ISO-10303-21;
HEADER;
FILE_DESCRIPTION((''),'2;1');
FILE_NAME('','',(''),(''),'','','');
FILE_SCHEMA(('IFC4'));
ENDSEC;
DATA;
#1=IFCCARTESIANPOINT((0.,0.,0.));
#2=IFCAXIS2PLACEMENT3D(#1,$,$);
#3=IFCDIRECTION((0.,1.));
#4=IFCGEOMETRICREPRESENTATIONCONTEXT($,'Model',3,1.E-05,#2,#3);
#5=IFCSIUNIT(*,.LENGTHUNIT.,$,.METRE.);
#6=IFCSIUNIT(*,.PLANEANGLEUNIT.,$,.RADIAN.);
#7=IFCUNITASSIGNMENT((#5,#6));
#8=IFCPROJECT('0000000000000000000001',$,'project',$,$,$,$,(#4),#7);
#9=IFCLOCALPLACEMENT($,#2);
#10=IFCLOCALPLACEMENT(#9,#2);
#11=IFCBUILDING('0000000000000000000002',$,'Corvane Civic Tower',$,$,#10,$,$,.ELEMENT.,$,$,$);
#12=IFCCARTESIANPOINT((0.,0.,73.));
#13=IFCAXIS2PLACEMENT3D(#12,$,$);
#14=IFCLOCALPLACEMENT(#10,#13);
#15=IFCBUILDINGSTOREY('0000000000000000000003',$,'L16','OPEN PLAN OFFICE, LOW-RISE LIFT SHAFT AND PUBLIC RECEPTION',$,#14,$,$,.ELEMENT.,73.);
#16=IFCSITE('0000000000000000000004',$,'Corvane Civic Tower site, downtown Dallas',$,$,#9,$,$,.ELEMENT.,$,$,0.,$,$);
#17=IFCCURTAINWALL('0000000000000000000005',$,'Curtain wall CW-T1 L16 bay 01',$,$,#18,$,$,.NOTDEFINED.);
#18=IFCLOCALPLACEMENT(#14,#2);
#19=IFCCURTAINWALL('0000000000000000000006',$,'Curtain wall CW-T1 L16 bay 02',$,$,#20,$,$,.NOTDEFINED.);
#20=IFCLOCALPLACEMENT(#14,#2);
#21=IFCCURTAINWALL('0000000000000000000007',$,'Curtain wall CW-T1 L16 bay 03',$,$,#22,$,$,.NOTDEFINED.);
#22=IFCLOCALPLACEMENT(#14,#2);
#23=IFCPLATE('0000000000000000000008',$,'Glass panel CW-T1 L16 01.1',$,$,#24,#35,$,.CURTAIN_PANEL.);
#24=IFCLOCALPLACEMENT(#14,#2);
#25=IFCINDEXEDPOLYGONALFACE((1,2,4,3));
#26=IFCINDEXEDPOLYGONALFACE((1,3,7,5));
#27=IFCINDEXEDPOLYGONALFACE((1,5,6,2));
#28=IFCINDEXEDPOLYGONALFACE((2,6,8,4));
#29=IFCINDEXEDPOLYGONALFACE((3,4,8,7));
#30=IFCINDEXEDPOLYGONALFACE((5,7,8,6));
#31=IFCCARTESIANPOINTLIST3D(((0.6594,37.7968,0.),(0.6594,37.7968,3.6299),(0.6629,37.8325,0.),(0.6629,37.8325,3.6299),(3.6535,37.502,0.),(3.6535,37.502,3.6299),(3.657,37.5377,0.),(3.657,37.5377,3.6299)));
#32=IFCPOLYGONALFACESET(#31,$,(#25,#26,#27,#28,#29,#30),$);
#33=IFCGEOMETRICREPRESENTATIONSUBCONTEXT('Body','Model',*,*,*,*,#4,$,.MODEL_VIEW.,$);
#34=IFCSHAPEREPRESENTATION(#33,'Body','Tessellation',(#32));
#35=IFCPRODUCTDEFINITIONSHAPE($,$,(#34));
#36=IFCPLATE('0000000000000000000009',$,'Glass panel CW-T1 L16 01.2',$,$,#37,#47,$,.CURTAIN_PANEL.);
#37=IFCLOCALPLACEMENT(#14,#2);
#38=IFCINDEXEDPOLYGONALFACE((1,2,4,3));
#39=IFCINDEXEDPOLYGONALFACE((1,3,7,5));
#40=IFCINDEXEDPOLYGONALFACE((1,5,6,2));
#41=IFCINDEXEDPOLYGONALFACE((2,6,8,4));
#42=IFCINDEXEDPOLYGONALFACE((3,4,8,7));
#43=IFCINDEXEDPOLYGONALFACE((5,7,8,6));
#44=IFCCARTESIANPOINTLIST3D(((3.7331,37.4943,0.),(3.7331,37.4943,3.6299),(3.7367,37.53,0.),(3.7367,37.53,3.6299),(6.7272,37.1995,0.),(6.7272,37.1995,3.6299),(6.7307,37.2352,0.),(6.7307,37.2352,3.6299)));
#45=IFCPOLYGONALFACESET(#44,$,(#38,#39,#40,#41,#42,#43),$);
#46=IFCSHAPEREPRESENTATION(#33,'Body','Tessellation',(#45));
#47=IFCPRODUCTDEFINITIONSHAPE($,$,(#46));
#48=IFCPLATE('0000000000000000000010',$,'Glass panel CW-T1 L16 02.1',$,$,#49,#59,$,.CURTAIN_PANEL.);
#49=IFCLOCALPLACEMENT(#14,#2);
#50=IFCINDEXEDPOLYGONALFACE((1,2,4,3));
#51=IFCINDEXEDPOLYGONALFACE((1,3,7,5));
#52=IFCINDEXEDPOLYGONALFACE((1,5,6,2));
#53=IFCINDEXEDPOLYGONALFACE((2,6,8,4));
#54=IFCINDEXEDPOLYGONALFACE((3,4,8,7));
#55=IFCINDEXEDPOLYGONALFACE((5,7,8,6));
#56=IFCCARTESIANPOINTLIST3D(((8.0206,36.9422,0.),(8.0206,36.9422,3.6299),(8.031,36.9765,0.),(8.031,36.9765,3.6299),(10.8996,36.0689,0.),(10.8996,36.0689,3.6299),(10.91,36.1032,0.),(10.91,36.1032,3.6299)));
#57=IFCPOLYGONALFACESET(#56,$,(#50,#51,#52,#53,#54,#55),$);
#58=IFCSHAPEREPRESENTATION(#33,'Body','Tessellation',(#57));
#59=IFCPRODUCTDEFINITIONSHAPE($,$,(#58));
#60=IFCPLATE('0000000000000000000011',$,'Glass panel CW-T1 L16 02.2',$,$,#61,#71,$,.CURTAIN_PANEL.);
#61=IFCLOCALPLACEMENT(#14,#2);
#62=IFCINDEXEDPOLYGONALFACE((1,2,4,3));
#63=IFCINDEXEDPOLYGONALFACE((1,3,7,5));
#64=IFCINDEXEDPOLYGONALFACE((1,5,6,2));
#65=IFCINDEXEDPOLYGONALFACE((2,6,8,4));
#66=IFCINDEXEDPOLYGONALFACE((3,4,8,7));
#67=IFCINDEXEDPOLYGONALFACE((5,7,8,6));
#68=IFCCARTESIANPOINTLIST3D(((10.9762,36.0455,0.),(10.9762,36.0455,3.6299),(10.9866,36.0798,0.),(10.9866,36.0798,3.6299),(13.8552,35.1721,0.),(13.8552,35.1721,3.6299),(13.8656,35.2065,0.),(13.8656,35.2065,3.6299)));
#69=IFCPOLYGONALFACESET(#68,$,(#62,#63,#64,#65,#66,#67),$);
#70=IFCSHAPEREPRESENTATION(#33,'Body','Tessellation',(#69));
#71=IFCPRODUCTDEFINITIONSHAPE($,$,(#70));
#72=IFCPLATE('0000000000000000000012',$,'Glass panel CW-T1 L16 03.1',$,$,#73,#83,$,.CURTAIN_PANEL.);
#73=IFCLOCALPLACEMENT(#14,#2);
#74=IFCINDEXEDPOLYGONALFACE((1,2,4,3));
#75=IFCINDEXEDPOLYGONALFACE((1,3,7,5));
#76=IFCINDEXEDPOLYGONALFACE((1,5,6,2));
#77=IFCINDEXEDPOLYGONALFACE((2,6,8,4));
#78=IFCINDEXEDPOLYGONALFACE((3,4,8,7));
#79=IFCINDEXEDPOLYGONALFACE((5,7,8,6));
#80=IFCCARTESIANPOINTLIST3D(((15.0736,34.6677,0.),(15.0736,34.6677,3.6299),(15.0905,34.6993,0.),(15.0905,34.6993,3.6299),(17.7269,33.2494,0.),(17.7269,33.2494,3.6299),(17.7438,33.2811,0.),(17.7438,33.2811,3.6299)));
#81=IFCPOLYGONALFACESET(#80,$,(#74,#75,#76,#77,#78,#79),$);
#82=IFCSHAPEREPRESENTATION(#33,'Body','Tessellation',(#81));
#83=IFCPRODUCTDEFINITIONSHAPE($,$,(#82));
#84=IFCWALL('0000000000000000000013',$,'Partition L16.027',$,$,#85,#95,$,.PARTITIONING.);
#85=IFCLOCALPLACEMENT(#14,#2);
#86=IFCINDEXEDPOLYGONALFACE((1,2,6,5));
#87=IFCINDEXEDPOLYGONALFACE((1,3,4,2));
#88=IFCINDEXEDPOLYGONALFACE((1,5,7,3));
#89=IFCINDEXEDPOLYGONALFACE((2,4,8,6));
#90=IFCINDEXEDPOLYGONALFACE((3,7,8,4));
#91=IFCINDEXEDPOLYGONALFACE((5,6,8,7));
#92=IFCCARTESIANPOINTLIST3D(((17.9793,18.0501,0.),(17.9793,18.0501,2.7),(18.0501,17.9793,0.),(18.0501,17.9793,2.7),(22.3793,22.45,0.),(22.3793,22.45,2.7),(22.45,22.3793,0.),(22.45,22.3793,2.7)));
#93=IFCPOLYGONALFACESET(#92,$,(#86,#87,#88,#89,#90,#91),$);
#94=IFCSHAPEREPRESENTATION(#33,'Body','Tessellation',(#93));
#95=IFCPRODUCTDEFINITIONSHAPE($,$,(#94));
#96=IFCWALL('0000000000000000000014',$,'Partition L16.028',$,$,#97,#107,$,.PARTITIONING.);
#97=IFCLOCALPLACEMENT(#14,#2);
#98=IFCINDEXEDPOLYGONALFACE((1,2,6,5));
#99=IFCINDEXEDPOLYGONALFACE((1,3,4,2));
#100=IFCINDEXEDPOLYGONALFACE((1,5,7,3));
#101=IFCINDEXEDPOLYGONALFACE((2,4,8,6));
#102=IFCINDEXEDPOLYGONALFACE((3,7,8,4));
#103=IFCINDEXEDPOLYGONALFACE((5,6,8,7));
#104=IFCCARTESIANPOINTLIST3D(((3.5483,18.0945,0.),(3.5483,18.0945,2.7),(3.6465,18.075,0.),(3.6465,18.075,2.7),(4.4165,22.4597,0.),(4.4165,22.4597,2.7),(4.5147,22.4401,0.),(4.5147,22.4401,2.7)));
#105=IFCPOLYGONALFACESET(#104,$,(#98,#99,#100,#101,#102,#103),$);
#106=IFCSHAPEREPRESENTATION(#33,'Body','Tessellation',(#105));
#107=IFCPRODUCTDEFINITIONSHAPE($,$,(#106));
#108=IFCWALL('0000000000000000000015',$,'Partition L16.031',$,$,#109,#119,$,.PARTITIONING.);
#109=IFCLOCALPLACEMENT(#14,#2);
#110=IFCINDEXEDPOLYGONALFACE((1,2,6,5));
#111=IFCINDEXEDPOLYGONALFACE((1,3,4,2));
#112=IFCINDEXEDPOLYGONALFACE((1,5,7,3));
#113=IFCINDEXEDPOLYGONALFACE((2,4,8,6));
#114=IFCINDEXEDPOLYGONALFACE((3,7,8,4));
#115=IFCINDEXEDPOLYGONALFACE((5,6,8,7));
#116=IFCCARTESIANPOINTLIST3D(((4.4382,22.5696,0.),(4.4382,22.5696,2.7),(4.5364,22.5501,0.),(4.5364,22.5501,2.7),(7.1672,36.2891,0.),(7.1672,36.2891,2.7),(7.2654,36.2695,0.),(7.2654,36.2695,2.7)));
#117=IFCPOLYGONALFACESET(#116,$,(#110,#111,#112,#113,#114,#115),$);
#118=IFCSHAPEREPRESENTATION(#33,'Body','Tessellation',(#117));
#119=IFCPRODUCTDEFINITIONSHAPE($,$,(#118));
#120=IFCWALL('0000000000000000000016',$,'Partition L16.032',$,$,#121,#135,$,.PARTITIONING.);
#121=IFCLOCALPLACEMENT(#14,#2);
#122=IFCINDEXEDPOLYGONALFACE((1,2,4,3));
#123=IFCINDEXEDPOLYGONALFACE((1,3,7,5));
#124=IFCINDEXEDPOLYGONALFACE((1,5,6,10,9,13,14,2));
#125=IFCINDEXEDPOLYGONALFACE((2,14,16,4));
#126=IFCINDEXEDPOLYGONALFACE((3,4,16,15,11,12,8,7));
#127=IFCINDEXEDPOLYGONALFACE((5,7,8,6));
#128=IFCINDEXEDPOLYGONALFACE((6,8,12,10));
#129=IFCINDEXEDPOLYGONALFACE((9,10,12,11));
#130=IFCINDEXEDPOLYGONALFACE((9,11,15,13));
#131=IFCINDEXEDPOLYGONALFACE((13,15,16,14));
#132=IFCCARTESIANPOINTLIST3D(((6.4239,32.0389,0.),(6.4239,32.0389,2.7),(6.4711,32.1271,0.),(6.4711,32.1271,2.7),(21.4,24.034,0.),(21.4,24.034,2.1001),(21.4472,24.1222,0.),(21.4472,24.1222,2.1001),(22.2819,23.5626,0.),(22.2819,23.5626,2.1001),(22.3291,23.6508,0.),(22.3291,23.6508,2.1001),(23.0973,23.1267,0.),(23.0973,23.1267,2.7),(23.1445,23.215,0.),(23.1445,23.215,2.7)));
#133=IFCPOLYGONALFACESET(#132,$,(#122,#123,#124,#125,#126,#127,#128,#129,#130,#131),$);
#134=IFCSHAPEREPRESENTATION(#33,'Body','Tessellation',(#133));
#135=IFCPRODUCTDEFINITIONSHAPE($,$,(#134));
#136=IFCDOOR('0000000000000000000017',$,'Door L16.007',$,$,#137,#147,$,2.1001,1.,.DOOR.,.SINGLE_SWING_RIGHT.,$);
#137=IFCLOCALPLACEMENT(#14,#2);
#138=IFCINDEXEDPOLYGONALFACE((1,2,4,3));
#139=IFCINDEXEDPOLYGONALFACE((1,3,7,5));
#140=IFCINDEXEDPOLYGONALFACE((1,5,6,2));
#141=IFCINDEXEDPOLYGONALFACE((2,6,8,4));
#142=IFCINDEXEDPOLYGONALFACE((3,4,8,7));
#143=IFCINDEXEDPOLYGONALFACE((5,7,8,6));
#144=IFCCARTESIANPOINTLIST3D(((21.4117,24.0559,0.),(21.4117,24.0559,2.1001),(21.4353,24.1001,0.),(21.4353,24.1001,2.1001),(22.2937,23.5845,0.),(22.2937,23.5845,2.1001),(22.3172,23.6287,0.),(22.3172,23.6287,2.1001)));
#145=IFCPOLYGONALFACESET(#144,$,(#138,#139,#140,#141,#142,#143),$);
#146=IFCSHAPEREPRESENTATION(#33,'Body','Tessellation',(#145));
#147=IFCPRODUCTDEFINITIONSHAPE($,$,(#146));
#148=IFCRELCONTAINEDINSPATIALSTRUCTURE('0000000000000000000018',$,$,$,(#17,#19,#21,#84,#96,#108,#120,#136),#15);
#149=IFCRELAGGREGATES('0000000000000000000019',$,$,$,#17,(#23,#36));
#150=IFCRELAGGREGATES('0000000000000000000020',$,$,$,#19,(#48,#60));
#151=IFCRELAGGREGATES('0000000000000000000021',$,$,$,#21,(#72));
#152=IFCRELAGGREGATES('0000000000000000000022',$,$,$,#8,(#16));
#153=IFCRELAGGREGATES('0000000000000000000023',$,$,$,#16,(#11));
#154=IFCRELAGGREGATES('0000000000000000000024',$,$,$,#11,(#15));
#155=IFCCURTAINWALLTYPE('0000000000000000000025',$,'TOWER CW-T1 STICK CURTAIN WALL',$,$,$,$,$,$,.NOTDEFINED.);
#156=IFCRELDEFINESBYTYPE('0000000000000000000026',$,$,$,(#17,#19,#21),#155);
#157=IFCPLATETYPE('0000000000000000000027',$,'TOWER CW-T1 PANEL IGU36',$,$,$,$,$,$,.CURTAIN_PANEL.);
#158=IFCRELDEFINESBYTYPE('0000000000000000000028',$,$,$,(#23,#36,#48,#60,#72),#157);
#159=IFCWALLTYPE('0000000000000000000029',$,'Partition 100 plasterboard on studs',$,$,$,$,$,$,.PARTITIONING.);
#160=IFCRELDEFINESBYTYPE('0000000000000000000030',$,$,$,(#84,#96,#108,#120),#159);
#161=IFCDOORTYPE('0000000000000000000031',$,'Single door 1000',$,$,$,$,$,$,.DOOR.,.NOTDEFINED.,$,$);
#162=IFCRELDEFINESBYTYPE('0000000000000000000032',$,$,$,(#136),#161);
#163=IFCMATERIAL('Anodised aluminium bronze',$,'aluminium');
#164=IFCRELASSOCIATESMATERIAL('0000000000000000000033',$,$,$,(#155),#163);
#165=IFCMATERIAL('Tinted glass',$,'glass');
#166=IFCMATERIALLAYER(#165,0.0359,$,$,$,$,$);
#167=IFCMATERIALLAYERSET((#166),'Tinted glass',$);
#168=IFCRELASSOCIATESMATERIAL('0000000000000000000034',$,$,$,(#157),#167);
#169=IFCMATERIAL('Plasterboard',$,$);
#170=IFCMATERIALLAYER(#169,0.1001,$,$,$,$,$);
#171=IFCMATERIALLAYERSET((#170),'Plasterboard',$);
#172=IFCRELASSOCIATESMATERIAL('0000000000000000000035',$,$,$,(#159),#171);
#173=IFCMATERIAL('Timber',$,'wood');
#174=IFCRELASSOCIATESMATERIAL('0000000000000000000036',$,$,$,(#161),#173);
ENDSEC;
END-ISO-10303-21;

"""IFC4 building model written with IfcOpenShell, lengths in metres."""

from ifc_helpers import new_model, si_unit, direction, frame, frame_2d, origin, origin_2d, place, context, subcontext, project, spatial, rectangle, extrude, material, layer, layer_set, type_object, element, fill, aggregate, save


model = new_model("IFC4")

# Units and contexts
model_context = context("Model", 3, precision=1e-05, world=origin(), true_north=direction((0.0, 1.0)))
body_context = subcontext(model_context, "Body", "Model", "MODEL_VIEW")
ifc_project = project(units=[si_unit("LENGTHUNIT", "METRE"), si_unit("PLANEANGLEUNIT", "RADIAN")], contexts=[model_context])

# Site, building, storey
site_placement = place(None, origin())
site = spatial("IfcSite", under=ifc_project, at=site_placement, Name="Corvane Civic Tower site, downtown Dallas", CompositionType="ELEMENT", RefElevation=0.0)
building_placement = place(site_placement, origin())
building = spatial("IfcBuilding", under=site, at=building_placement, Name="Corvane Civic Tower", CompositionType="ELEMENT")
storey_placement = place(building_placement, frame((0.0, 0.0, 73.0)))
storey = spatial("IfcBuildingStorey", under=building, at=storey_placement, Name="L16", Description="OPEN PLAN OFFICE, LOW-RISE LIFT SHAFT AND PUBLIC RECEPTION", CompositionType="ELEMENT", Elevation=73.0)

# Curtain walls
ifc_material_1 = material(Name="Anodised aluminium bronze", Category="aluminium")
curtain_wall_type = type_object("IfcCurtainWallType", Name="TOWER CW-T1 STICK CURTAIN WALL", PredefinedType="NOTDEFINED", material=ifc_material_1)
curtain_wall_1_placement = place(storey_placement, origin())
curtain_wall_1 = element("IfcCurtainWall", 1, at=curtain_wall_1_placement, inside=storey, type_object=curtain_wall_type, Name="Curtain wall CW-T1 L16 bay 01", PredefinedType="NOTDEFINED")
curtain_wall_2_placement = place(storey_placement, origin())
curtain_wall_2 = element("IfcCurtainWall", 2, at=curtain_wall_2_placement, inside=storey, type_object=curtain_wall_type, Name="Curtain wall CW-T1 L16 bay 02", PredefinedType="NOTDEFINED")
curtain_wall_3_placement = place(storey_placement, origin())
curtain_wall_3 = element("IfcCurtainWall", 3, at=curtain_wall_3_placement, inside=storey, type_object=curtain_wall_type, Name="Curtain wall CW-T1 L16 bay 03", PredefinedType="NOTDEFINED")

# Plates
ifc_material_2 = material(Name="Tinted glass", Category="glass")
ifc_layer_1 = layer(ifc_material_2, 0.0359)
ifc_layer_set_1 = layer_set([ifc_layer_1], Name="Tinted glass")
plate_type = type_object("IfcPlateType", Name="TOWER CW-T1 PANEL IGU36", PredefinedType="CURTAIN_PANEL", material=ifc_layer_set_1)
plate_1_placement = place(storey_placement, frame((2.1582, 37.6672, 0.0), z_axis=(0.0, 0.0, 1.0), x_axis=(0.995186, -0.098006, 0.0)))
plate_1 = element("IfcPlate", 4, at=plate_1_placement, type_object=plate_type, Name="Glass panel CW-T1 L16 01.1", PredefinedType="CURTAIN_PANEL", context=body_context, shape_type="SweptSolid", body=[
    extrude(rectangle(XDim=3.0085, YDim=0.0359, at=origin_2d()), origin(), (0.0, 0.0, 1.0), 3.6299),
])
plate_2_placement = place(storey_placement, frame((5.2319, 37.3647, 0.0), z_axis=(0.0, 0.0, 1.0), x_axis=(0.995186, -0.098006, 0.0)))
plate_2 = element("IfcPlate", 5, at=plate_2_placement, type_object=plate_type, Name="Glass panel CW-T1 L16 01.2", PredefinedType="CURTAIN_PANEL", context=body_context, shape_type="SweptSolid", body=[
    extrude(rectangle(XDim=3.0085, YDim=0.0359, at=origin_2d()), origin(), (0.0, 0.0, 1.0), 3.6299),
])
aggregate(curtain_wall_1, [plate_1, plate_2])
plate_3_placement = place(storey_placement, frame((9.4653, 36.5227, 0.0), z_axis=(0.0, 0.0, 1.0), x_axis=(0.956942, -0.290278, 0.0)))
plate_3 = element("IfcPlate", 6, at=plate_3_placement, type_object=plate_type, Name="Glass panel CW-T1 L16 02.1", PredefinedType="CURTAIN_PANEL", context=body_context, shape_type="SweptSolid", body=[
    extrude(rectangle(XDim=3.0085, YDim=0.0359, at=origin_2d()), origin(), (0.0, 0.0, 1.0), 3.6299),
])
plate_4_placement = place(storey_placement, frame((12.4209, 35.626, 0.0), z_axis=(0.0, 0.0, 1.0), x_axis=(0.956942, -0.290278, 0.0)))
plate_4 = element("IfcPlate", 7, at=plate_4_placement, type_object=plate_type, Name="Glass panel CW-T1 L16 02.2", PredefinedType="CURTAIN_PANEL", context=body_context, shape_type="SweptSolid", body=[
    extrude(rectangle(XDim=3.0085, YDim=0.0359, at=origin_2d()), origin(), (0.0, 0.0, 1.0), 3.6299),
])
aggregate(curtain_wall_2, [plate_3, plate_4])
plate_5_placement = place(storey_placement, frame((16.4087, 33.9744, 0.0), z_axis=(0.0, 0.0, 1.0), x_axis=(0.881918, -0.471404, 0.0)))
plate_5 = element("IfcPlate", 8, at=plate_5_placement, type_object=plate_type, Name="Glass panel CW-T1 L16 03.1", PredefinedType="CURTAIN_PANEL", context=body_context, shape_type="SweptSolid", body=[
    extrude(rectangle(XDim=3.0085, YDim=0.0359, at=origin_2d()), origin(), (0.0, 0.0, 1.0), 3.6299),
])
aggregate(curtain_wall_3, [plate_5])

# Walls
ifc_material_3 = material(Name="Plasterboard")
ifc_layer_2 = layer(ifc_material_3, 0.1001)
ifc_layer_set_2 = layer_set([ifc_layer_2], Name="Plasterboard")
wall_type = type_object("IfcWallType", Name="Partition 100 plasterboard on studs", PredefinedType="PARTITIONING", material=ifc_layer_set_2)
wall_1_placement = place(storey_placement, frame((18.0146, 18.0146, 0.0), z_axis=(0.0, 0.0, 1.0), x_axis=(0.707107, 0.707107, 0.0)))
element("IfcWall", 9, at=wall_1_placement, inside=storey, type_object=wall_type, Name="Partition L16.027", PredefinedType="PARTITIONING", context=body_context, shape_type="SweptSolid", body=[
    extrude(rectangle(XDim=6.2224, YDim=0.1001, at=frame_2d((3.1113, 0.0))), origin(), (0.0, 0.0, 1.0), 2.7),
])
wall_2_placement = place(storey_placement, frame((3.5974, 18.0847, 0.0), z_axis=(0.0, 0.0, 1.0), x_axis=(0.195061, 0.980791, 0.0)))
element("IfcWall", 10, at=wall_2_placement, inside=storey, type_object=wall_type, Name="Partition L16.028", PredefinedType="PARTITIONING", context=body_context, shape_type="SweptSolid", body=[
    extrude(rectangle(XDim=4.4507, YDim=0.1001, at=frame_2d((2.2253, 0.0))), origin(), (0.0, 0.0, 1.0), 2.7),
])
wall_3_placement = place(storey_placement, frame((4.4873, 22.5598, 0.0), z_axis=(0.0, 0.0, 1.0), x_axis=(0.195092, 0.980785, 0.0)))
element("IfcWall", 11, at=wall_3_placement, inside=storey, type_object=wall_type, Name="Partition L16.031", PredefinedType="PARTITIONING", context=body_context, shape_type="SweptSolid", body=[
    extrude(rectangle(XDim=13.9883, YDim=0.1001, at=frame_2d((6.9941, 0.0))), origin(), (0.0, 0.0, 1.0), 2.7),
])

# Wall, opening, door
wall_4_placement = place(storey_placement, frame((6.4475, 32.083, 0.0), z_axis=(0.0, 0.0, 1.0), x_axis=(0.881921, -0.471398, 0.0)))
wall_4 = element("IfcWall", 12, at=wall_4_placement, inside=storey, type_object=wall_type, Name="Partition L16.032", PredefinedType="PARTITIONING", context=body_context, shape_type="SweptSolid", body=[
    extrude(rectangle(XDim=18.9058, YDim=0.1001, at=frame_2d((9.4529, 0.0))), origin(), (0.0, 0.0, 1.0), 2.7),
])
opening_placement = place(wall_4_placement, frame((16.9812, 0.0, 0.0)))
opening = element("IfcOpeningElement", 13, at=opening_placement, cuts=wall_4, PredefinedType="OPENING", context=body_context, shape_type="SweptSolid", body=[
    extrude(rectangle(XDim=1.0, YDim=2.1001, at=frame_2d((0.5, 1.05))), frame((0.0, 0.0601, 0.0), z_axis=(0.0, -1.0, 0.0), x_axis=(1.0, 0.0, 0.0)), (0.0, 0.0, 1.0), 0.1201),
])
ifc_material_4 = material(Name="Timber", Category="wood")
door_type = type_object("IfcDoorType", Name="Single door 1000", OperationType="NOTDEFINED", PredefinedType="DOOR", material=ifc_material_4)
door_placement = place(opening_placement, origin())
door = element("IfcDoor", 14, at=door_placement, inside=storey, type_object=door_type, Name="Door L16.007", OperationType="SINGLE_SWING_RIGHT", OverallHeight=2.1001, OverallWidth=1.0, PredefinedType="DOOR", context=body_context, shape_type="SweptSolid", body=[
    extrude(rectangle(XDim=1.0, YDim=2.1001, at=frame_2d((0.5, 1.05))), frame((0.0, 0.0249, 0.0), z_axis=(0.0, -1.0, 0.0), x_axis=(1.0, 0.0, 0.0)), (0.0, 0.0, 1.0), 0.05),
])
fill(opening, door)

save(model, "model.ifc")
